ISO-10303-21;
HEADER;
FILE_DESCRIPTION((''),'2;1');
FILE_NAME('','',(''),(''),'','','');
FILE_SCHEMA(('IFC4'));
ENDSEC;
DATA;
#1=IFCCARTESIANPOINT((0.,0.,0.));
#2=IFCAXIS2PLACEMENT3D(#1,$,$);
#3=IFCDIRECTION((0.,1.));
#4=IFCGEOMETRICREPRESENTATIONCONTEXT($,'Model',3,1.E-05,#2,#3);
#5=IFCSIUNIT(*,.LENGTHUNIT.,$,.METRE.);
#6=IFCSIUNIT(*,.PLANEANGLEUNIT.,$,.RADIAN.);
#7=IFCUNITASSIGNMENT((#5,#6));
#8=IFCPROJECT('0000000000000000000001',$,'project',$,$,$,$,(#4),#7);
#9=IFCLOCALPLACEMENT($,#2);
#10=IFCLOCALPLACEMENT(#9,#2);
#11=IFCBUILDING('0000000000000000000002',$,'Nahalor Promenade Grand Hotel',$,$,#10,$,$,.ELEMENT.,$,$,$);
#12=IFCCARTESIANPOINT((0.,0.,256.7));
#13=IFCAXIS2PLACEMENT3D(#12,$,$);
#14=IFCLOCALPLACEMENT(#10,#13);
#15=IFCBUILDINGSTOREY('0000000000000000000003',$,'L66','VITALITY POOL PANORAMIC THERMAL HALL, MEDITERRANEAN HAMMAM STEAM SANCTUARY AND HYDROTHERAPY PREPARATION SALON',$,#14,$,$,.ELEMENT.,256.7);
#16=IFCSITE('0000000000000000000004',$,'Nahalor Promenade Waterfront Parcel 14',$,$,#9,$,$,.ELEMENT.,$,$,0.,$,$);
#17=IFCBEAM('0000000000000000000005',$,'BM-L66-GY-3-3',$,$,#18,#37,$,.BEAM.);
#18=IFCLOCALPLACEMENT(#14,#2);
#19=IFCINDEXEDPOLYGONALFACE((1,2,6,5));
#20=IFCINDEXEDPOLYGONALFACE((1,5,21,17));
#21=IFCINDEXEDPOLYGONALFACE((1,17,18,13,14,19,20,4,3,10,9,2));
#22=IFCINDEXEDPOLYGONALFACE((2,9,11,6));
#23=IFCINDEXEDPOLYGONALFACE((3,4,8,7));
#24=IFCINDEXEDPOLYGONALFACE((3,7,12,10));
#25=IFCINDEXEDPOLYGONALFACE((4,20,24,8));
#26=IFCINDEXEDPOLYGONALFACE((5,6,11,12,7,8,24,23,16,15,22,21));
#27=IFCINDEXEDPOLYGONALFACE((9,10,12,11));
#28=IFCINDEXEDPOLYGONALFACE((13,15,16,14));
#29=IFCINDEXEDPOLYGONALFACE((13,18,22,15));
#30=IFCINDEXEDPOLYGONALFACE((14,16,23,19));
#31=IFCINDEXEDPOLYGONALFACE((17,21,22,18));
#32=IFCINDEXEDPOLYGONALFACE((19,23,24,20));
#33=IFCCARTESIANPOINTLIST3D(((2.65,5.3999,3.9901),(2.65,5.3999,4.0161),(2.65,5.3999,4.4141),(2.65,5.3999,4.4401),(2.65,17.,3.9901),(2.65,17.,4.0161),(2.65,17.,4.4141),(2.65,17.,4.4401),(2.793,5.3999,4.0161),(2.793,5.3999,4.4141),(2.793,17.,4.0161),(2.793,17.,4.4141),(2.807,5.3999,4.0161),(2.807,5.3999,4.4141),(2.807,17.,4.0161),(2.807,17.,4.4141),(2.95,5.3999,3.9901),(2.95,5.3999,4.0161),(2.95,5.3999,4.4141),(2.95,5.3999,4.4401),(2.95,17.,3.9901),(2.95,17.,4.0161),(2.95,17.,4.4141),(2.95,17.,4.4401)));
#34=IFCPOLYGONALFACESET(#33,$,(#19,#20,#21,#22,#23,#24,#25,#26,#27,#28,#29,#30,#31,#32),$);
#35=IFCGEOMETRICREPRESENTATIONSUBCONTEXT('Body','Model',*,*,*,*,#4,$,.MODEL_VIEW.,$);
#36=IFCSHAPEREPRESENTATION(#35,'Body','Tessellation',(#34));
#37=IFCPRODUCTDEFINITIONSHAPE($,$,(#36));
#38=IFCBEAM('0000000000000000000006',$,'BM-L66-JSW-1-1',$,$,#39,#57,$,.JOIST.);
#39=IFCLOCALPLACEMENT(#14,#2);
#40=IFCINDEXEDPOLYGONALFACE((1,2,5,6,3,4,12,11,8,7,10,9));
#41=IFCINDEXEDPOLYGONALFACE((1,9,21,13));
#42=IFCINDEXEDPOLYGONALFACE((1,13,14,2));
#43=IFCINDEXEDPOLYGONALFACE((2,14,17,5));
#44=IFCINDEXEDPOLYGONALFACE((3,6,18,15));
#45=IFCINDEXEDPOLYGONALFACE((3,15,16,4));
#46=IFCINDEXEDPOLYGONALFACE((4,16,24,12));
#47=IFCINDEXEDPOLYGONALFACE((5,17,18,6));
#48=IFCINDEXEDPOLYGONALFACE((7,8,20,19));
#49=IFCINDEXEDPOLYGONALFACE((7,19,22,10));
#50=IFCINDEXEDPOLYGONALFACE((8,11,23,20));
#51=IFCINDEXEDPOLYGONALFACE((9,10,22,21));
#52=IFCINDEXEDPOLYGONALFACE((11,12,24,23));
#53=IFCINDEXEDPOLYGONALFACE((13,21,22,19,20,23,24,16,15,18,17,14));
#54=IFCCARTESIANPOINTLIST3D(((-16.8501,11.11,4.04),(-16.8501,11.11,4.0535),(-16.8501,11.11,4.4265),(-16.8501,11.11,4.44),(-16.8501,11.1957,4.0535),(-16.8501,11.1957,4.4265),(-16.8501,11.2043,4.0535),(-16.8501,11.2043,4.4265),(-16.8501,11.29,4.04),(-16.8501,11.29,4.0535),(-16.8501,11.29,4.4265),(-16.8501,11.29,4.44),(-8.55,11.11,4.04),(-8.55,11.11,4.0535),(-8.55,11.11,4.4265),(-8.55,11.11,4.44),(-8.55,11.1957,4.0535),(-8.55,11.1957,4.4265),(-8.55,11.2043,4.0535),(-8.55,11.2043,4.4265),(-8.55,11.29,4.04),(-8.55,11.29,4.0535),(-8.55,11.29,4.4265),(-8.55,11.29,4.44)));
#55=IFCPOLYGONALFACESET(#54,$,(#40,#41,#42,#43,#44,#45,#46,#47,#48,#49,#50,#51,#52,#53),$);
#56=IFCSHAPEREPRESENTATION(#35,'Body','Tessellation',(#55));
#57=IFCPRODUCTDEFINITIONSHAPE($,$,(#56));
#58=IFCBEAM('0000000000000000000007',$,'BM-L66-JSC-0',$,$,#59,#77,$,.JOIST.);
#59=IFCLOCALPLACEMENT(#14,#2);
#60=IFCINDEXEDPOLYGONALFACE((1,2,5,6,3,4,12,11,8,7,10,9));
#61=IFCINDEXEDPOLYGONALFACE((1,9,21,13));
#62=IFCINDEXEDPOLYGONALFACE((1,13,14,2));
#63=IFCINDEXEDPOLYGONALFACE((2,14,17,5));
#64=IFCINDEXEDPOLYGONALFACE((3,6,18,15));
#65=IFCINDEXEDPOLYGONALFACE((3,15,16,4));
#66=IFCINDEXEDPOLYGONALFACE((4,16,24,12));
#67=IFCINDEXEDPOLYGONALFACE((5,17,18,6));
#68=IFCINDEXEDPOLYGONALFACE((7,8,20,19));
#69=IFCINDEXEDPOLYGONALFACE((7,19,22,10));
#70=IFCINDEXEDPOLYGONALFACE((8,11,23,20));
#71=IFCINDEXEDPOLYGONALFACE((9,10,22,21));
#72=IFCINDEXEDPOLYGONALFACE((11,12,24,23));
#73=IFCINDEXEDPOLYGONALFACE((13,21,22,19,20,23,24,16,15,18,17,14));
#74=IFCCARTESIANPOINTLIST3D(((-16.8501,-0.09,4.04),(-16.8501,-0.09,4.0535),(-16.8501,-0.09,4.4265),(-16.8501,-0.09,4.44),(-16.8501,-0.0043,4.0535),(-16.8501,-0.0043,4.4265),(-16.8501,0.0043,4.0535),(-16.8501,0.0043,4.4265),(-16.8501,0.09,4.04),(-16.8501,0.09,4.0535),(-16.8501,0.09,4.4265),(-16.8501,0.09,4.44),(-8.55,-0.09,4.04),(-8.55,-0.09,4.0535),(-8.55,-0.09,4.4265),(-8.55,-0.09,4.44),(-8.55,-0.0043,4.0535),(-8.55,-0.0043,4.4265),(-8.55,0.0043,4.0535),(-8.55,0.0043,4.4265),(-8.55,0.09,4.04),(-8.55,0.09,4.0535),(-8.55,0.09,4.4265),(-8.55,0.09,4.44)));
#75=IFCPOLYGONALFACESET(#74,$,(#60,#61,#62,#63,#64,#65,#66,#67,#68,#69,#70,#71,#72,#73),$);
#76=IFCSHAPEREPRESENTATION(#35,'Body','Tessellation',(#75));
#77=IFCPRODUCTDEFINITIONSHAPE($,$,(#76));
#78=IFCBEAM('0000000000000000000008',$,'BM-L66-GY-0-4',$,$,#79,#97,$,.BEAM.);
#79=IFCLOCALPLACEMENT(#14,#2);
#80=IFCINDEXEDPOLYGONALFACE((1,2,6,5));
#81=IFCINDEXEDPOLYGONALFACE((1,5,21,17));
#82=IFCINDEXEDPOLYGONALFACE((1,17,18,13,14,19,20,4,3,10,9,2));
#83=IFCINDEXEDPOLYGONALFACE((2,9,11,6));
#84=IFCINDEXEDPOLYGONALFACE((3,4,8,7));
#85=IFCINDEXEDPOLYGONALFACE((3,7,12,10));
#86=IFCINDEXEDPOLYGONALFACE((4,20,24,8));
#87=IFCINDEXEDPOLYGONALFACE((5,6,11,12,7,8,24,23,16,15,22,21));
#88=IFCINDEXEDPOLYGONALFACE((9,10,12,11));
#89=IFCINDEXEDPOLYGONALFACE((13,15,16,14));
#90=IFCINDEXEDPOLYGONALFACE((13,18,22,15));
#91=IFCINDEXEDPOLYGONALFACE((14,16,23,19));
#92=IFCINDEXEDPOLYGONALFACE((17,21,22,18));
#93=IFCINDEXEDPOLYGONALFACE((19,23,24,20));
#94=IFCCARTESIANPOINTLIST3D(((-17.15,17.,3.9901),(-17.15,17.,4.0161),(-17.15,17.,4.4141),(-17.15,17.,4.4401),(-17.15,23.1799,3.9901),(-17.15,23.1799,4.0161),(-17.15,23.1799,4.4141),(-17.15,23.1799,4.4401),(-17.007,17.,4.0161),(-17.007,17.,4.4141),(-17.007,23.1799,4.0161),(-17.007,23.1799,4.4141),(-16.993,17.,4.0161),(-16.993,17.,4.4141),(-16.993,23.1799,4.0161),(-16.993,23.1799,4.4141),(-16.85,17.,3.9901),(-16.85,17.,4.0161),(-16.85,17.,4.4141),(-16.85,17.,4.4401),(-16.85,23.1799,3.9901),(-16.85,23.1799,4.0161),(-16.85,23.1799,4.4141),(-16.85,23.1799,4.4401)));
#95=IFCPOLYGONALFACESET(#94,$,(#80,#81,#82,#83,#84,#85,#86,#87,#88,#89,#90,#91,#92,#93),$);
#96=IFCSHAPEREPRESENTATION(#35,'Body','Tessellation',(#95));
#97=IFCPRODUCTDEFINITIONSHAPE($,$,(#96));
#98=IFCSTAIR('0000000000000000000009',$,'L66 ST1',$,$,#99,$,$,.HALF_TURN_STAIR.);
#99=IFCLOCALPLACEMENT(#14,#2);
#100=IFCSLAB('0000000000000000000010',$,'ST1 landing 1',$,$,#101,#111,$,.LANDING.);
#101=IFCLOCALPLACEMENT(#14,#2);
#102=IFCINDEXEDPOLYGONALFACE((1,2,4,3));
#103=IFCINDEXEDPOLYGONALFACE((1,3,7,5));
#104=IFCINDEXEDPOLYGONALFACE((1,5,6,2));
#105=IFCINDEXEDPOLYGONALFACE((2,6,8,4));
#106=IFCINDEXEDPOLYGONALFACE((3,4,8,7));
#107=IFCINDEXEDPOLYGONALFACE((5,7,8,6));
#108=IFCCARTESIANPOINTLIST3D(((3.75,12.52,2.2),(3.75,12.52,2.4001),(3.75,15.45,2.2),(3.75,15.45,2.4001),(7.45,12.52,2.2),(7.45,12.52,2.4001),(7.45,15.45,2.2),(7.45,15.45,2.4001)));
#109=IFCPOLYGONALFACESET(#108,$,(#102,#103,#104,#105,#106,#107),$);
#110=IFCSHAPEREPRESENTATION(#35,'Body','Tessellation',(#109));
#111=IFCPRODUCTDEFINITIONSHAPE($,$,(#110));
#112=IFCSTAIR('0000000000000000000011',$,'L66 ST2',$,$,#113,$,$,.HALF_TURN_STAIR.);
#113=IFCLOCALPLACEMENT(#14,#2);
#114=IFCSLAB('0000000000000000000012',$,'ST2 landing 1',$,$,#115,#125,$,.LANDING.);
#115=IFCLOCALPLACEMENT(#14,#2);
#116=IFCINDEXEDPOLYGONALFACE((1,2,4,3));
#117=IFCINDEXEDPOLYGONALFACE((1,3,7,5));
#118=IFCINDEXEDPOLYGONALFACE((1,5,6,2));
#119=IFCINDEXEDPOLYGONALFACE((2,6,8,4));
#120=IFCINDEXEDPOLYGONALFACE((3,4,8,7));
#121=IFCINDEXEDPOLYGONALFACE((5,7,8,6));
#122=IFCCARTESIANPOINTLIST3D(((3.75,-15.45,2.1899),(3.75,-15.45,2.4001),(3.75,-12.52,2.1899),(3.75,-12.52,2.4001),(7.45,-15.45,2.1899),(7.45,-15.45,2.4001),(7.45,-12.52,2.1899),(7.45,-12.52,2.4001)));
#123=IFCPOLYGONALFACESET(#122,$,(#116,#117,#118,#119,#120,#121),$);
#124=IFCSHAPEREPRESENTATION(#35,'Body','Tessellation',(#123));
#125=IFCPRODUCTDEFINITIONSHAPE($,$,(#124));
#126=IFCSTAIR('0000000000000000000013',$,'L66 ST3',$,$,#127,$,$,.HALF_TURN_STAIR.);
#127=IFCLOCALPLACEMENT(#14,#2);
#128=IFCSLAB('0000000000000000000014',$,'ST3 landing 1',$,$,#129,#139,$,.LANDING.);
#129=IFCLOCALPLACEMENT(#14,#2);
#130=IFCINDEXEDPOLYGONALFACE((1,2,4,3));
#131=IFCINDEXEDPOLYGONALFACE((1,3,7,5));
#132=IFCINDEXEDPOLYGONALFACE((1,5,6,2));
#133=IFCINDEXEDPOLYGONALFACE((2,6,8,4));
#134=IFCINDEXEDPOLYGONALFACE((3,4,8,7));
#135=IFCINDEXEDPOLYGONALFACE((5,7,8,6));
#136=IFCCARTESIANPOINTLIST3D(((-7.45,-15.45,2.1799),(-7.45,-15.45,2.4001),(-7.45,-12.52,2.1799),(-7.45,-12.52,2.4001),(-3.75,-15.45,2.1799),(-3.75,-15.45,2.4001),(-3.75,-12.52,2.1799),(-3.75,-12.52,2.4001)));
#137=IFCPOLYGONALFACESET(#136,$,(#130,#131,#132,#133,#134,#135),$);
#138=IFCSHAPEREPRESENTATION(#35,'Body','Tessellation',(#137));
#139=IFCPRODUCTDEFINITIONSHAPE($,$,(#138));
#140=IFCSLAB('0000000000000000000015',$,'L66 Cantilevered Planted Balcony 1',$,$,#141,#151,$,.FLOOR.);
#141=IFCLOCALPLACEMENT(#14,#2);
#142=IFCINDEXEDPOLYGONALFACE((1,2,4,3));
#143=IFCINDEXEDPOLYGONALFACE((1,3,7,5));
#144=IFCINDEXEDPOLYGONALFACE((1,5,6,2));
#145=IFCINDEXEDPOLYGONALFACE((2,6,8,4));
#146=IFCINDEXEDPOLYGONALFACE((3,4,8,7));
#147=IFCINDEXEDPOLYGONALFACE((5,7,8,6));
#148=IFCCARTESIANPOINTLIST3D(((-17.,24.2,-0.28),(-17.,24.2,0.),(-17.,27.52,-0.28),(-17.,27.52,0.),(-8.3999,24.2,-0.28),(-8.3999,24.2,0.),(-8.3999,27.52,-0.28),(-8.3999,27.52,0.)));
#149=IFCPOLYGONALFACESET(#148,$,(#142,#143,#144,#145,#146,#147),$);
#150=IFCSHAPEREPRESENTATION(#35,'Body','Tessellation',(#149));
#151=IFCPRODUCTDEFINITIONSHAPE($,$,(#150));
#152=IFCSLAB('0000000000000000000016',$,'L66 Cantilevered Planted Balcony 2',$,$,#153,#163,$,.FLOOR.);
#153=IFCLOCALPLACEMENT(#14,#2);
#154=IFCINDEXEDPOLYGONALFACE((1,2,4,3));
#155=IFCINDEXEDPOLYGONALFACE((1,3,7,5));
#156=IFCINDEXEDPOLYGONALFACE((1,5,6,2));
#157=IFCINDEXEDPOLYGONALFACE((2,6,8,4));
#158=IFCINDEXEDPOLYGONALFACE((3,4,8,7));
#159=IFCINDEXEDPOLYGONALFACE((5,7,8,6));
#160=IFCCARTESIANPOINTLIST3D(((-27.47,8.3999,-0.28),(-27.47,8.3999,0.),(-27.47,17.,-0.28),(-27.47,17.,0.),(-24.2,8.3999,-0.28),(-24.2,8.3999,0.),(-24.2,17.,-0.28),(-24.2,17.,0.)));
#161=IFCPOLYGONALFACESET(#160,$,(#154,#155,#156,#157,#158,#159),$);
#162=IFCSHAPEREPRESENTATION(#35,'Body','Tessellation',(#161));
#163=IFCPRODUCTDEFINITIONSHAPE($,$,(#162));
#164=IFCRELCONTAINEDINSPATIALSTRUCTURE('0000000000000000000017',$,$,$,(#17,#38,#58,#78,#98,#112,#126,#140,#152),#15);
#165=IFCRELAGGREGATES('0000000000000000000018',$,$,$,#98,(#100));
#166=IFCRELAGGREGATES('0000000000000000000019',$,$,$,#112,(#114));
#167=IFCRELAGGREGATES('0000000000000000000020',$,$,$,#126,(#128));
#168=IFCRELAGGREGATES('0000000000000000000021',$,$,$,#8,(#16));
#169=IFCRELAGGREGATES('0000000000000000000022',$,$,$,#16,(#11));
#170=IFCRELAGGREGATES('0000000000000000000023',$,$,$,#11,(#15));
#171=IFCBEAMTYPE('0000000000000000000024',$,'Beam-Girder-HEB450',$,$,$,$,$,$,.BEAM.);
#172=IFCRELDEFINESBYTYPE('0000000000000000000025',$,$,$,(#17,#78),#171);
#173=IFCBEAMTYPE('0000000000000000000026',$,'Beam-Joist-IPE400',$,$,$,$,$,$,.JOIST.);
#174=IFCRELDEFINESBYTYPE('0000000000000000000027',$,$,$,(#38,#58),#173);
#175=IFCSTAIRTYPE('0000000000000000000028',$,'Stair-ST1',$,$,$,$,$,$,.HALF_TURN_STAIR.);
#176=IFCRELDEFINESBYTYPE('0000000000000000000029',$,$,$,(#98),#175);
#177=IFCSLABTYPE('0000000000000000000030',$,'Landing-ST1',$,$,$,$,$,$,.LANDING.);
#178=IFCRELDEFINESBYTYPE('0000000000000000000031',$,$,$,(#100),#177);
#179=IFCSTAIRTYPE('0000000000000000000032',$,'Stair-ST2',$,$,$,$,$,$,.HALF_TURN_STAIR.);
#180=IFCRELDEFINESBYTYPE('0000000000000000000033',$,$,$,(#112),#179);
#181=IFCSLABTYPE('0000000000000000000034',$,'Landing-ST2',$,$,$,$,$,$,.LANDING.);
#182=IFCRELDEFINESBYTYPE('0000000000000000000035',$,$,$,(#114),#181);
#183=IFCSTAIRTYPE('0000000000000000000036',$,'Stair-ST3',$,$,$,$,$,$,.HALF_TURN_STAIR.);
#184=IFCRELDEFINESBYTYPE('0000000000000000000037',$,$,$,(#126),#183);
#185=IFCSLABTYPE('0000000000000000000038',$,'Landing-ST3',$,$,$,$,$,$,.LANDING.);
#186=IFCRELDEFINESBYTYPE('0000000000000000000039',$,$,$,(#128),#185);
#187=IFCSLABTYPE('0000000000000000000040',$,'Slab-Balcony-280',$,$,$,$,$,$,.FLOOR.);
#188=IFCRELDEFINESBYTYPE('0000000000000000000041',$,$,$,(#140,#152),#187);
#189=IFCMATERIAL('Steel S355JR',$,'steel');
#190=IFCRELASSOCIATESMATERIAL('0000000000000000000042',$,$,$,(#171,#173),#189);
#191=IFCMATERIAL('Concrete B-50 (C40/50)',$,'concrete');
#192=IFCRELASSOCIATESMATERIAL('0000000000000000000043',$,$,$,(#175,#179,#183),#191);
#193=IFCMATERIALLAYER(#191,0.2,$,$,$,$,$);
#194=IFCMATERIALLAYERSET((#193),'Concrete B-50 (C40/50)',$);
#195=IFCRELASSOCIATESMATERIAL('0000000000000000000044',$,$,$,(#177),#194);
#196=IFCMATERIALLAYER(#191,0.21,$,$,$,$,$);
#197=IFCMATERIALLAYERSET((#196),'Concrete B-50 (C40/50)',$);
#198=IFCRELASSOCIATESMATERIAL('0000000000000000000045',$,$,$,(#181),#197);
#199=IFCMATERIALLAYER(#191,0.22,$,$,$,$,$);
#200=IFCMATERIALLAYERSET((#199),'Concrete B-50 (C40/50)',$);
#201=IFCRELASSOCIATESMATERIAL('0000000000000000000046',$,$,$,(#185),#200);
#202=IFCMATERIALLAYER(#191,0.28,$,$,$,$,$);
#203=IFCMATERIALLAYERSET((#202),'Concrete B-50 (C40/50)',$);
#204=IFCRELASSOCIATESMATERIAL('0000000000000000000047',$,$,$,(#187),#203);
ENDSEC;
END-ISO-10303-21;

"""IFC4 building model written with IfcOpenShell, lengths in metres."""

from ifc_helpers import new_model, si_unit, direction, frame, origin, origin_2d, place, context, subcontext, project, spatial, polyline, i_section, outline, extrude, source, transform, mapped, material, layer, layer_set, material_profile, profile_set, type_object, element, aggregate, save


model = new_model("IFC4")

# Units and contexts
model_context = context("Model", 3, precision=1e-05, world=origin(), true_north=direction((0.0, 1.0)))
body_context = subcontext(model_context, "Body", "Model", "MODEL_VIEW")
ifc_project = project(units=[si_unit("LENGTHUNIT", "METRE"), si_unit("PLANEANGLEUNIT", "RADIAN")], contexts=[model_context])

# Site, building, storey
site_placement = place(None, origin())
site = spatial("IfcSite", under=ifc_project, at=site_placement, Name="Nahalor Promenade Waterfront Parcel 14", CompositionType="ELEMENT", RefElevation=0.0)
building_placement = place(site_placement, origin())
building = spatial("IfcBuilding", under=site, at=building_placement, Name="Nahalor Promenade Grand Hotel", CompositionType="ELEMENT")
storey_placement = place(building_placement, frame((0.0, 0.0, 256.7)))
storey = spatial("IfcBuildingStorey", under=building, at=storey_placement, Name="L66", Description="VITALITY POOL PANORAMIC THERMAL HALL, MEDITERRANEAN HAMMAM STEAM SANCTUARY AND HYDROTHERAPY PREPARATION SALON", CompositionType="ELEMENT", Elevation=256.7)

# Beams
ifc_material_1 = material(Name="Steel S355JR", Category="steel")
ifc_material_profile_1 = material_profile(ifc_material_1, i_section(OverallWidth=0.3, OverallDepth=0.45, WebThickness=0.014, FlangeThickness=0.026, at=origin_2d()), Name="HEB 450")
ifc_profile_set_1 = profile_set([ifc_material_profile_1], Name="Steel S355JR")
beam_type_1 = type_object("IfcBeamType", Name="Beam-Girder-HEB450", PredefinedType="BEAM", material=ifc_profile_set_1)
shared_shape_1 = source(origin(), body_context, "Body", "SweptSolid", [
    extrude(i_section(OverallWidth=0.3, OverallDepth=0.45, WebThickness=0.014, FlangeThickness=0.026, at=origin_2d()), origin(), (0.0, 0.0, 1.0), 11.6001),
])
for number, where, z_axis, x_axis, name in (
    (1, (2.8, 5.3999, 4.2151), (0.0, 1.0, 0.0), (-1.0, 0.0, 0.0), "BM-L66-GY-3-3"),
):
    element("IfcBeam", number, at=place(storey_placement, frame(where, z_axis=z_axis, x_axis=x_axis)), inside=storey, type_object=beam_type_1, Name=name, PredefinedType="BEAM", context=body_context, shape_type="MappedRepresentation", body=[
        mapped(shared_shape_1, transform((0.0, 0.0, 0.0), scale=1.0)),
    ])
ifc_material_profile_2 = material_profile(ifc_material_1, i_section(OverallWidth=0.18, OverallDepth=0.4, WebThickness=0.0086, FlangeThickness=0.0135, at=origin_2d()), Name="IPE 400")
ifc_profile_set_2 = profile_set([ifc_material_profile_2], Name="Steel S355JR")
beam_type_2 = type_object("IfcBeamType", Name="Beam-Joist-IPE400", PredefinedType="JOIST", material=ifc_profile_set_2)
shared_shape_2 = source(origin(), body_context, "Body", "SweptSolid", [
    extrude(i_section(OverallWidth=0.18, OverallDepth=0.4, WebThickness=0.0086, FlangeThickness=0.0135, at=origin_2d()), origin(), (0.0, 0.0, 1.0), 8.3),
])
for number, where, z_axis, x_axis, name in (
    (2, (-16.8501, 11.2, 4.24), (1.0, 0.0, 0.0), (0.0, 1.0, 0.0), "BM-L66-JSW-1-1"),
    (3, (-16.8501, 0.0, 4.24), (1.0, 0.0, 0.0), (0.0, 1.0, 0.0), "BM-L66-JSC-0"),
):
    element("IfcBeam", number, at=place(storey_placement, frame(where, z_axis=z_axis, x_axis=x_axis)), inside=storey, type_object=beam_type_2, Name=name, PredefinedType="JOIST", context=body_context, shape_type="MappedRepresentation", body=[
        mapped(shared_shape_2, transform((0.0, 0.0, 0.0), scale=1.0)),
    ])
shared_shape_3 = source(origin(), body_context, "Body", "SweptSolid", [
    extrude(i_section(OverallWidth=0.3, OverallDepth=0.45, WebThickness=0.014, FlangeThickness=0.026, at=origin_2d()), origin(), (0.0, 0.0, 1.0), 6.1799),
])
beam_1_placement = place(storey_placement, frame((-17.0, 17.0, 4.2151), z_axis=(0.0, 1.0, 0.0), x_axis=(-1.0, 0.0, 0.0)))
element("IfcBeam", 4, at=beam_1_placement, inside=storey, type_object=beam_type_1, Name="BM-L66-GY-0-4", PredefinedType="BEAM", context=body_context, shape_type="MappedRepresentation", body=[
    mapped(shared_shape_3, transform((0.0, 0.0, 0.0), scale=1.0)),
])

# Stairs, slabs
ifc_material_2 = material(Name="Concrete B-50 (C40/50)", Category="concrete")
stair_type_1 = type_object("IfcStairType", Name="Stair-ST1", PredefinedType="HALF_TURN_STAIR", material=ifc_material_2)
stair_1_placement = place(storey_placement, origin())
stair_1 = element("IfcStair", 5, at=stair_1_placement, inside=storey, type_object=stair_type_1, Name="L66 ST1", PredefinedType="HALF_TURN_STAIR")
ifc_layer_1 = layer(ifc_material_2, 0.2)
ifc_layer_set_1 = layer_set([ifc_layer_1], Name="Concrete B-50 (C40/50)")
slab_type_1 = type_object("IfcSlabType", Name="Landing-ST1", PredefinedType="LANDING", material=ifc_layer_set_1)
slab_1_placement = place(storey_placement, frame((0.0, 0.0, 2.2)))
slab_1 = element("IfcSlab", 6, at=slab_1_placement, type_object=slab_type_1, Name="ST1 landing 1", PredefinedType="LANDING", context=body_context, shape_type="SweptSolid", body=[
    extrude(outline(polyline([(7.45, 12.52), (7.45, 15.45), (3.75, 15.45), (3.75, 12.52), (7.45, 12.52)])), origin(), (0.0, 0.0, 1.0), 0.2002),
])
aggregate(stair_1, [slab_1])
stair_type_2 = type_object("IfcStairType", Name="Stair-ST2", PredefinedType="HALF_TURN_STAIR", material=ifc_material_2)
stair_2_placement = place(storey_placement, origin())
stair_2 = element("IfcStair", 7, at=stair_2_placement, inside=storey, type_object=stair_type_2, Name="L66 ST2", PredefinedType="HALF_TURN_STAIR")
ifc_layer_2 = layer(ifc_material_2, 0.21)
ifc_layer_set_2 = layer_set([ifc_layer_2], Name="Concrete B-50 (C40/50)")
slab_type_2 = type_object("IfcSlabType", Name="Landing-ST2", PredefinedType="LANDING", material=ifc_layer_set_2)
slab_2_placement = place(storey_placement, frame((0.0, 0.0, 2.1899)))
slab_2 = element("IfcSlab", 8, at=slab_2_placement, type_object=slab_type_2, Name="ST2 landing 1", PredefinedType="LANDING", context=body_context, shape_type="SweptSolid", body=[
    extrude(outline(polyline([(3.75, -12.52), (3.75, -15.45), (7.45, -15.45), (7.45, -12.52), (3.75, -12.52)])), origin(), (0.0, 0.0, 1.0), 0.2102),
])
aggregate(stair_2, [slab_2])
stair_type_3 = type_object("IfcStairType", Name="Stair-ST3", PredefinedType="HALF_TURN_STAIR", material=ifc_material_2)
stair_3_placement = place(storey_placement, origin())
stair_3 = element("IfcStair", 9, at=stair_3_placement, inside=storey, type_object=stair_type_3, Name="L66 ST3", PredefinedType="HALF_TURN_STAIR")
ifc_layer_3 = layer(ifc_material_2, 0.22)
ifc_layer_set_3 = layer_set([ifc_layer_3], Name="Concrete B-50 (C40/50)")
slab_type_3 = type_object("IfcSlabType", Name="Landing-ST3", PredefinedType="LANDING", material=ifc_layer_set_3)
slab_3_placement = place(storey_placement, frame((0.0, 0.0, 2.1799)))
slab_3 = element("IfcSlab", 10, at=slab_3_placement, type_object=slab_type_3, Name="ST3 landing 1", PredefinedType="LANDING", context=body_context, shape_type="SweptSolid", body=[
    extrude(outline(polyline([(-7.45, -12.52), (-7.45, -15.45), (-3.75, -15.45), (-3.75, -12.52), (-7.45, -12.52)])), origin(), (0.0, 0.0, 1.0), 0.2202),
])
aggregate(stair_3, [slab_3])

# Slabs
ifc_layer_4 = layer(ifc_material_2, 0.28)
ifc_layer_set_4 = layer_set([ifc_layer_4], Name="Concrete B-50 (C40/50)")
slab_type_4 = type_object("IfcSlabType", Name="Slab-Balcony-280", PredefinedType="FLOOR", material=ifc_layer_set_4)
slab_4_placement = place(storey_placement, frame((0.0, 0.0, -0.28)))
element("IfcSlab", 11, at=slab_4_placement, inside=storey, type_object=slab_type_4, Name="L66 Cantilevered Planted Balcony 1", PredefinedType="FLOOR", context=body_context, shape_type="SweptSolid", body=[
    extrude(outline(polyline([(-17.0, 24.2), (-8.3999, 24.2), (-8.3999, 27.52), (-17.0, 27.52), (-17.0, 24.2)])), origin(), (0.0, 0.0, 1.0), 0.28),
])
slab_5_placement = place(storey_placement, frame((0.0, 0.0, -0.28)))
element("IfcSlab", 12, at=slab_5_placement, inside=storey, type_object=slab_type_4, Name="L66 Cantilevered Planted Balcony 2", PredefinedType="FLOOR", context=body_context, shape_type="SweptSolid", body=[
    extrude(outline(polyline([(-27.47, 8.3999), (-24.2, 8.3999), (-24.2, 17.0), (-27.47, 17.0), (-27.47, 8.3999)])), origin(), (0.0, 0.0, 1.0), 0.28),
])

save(model, "model.ifc")
